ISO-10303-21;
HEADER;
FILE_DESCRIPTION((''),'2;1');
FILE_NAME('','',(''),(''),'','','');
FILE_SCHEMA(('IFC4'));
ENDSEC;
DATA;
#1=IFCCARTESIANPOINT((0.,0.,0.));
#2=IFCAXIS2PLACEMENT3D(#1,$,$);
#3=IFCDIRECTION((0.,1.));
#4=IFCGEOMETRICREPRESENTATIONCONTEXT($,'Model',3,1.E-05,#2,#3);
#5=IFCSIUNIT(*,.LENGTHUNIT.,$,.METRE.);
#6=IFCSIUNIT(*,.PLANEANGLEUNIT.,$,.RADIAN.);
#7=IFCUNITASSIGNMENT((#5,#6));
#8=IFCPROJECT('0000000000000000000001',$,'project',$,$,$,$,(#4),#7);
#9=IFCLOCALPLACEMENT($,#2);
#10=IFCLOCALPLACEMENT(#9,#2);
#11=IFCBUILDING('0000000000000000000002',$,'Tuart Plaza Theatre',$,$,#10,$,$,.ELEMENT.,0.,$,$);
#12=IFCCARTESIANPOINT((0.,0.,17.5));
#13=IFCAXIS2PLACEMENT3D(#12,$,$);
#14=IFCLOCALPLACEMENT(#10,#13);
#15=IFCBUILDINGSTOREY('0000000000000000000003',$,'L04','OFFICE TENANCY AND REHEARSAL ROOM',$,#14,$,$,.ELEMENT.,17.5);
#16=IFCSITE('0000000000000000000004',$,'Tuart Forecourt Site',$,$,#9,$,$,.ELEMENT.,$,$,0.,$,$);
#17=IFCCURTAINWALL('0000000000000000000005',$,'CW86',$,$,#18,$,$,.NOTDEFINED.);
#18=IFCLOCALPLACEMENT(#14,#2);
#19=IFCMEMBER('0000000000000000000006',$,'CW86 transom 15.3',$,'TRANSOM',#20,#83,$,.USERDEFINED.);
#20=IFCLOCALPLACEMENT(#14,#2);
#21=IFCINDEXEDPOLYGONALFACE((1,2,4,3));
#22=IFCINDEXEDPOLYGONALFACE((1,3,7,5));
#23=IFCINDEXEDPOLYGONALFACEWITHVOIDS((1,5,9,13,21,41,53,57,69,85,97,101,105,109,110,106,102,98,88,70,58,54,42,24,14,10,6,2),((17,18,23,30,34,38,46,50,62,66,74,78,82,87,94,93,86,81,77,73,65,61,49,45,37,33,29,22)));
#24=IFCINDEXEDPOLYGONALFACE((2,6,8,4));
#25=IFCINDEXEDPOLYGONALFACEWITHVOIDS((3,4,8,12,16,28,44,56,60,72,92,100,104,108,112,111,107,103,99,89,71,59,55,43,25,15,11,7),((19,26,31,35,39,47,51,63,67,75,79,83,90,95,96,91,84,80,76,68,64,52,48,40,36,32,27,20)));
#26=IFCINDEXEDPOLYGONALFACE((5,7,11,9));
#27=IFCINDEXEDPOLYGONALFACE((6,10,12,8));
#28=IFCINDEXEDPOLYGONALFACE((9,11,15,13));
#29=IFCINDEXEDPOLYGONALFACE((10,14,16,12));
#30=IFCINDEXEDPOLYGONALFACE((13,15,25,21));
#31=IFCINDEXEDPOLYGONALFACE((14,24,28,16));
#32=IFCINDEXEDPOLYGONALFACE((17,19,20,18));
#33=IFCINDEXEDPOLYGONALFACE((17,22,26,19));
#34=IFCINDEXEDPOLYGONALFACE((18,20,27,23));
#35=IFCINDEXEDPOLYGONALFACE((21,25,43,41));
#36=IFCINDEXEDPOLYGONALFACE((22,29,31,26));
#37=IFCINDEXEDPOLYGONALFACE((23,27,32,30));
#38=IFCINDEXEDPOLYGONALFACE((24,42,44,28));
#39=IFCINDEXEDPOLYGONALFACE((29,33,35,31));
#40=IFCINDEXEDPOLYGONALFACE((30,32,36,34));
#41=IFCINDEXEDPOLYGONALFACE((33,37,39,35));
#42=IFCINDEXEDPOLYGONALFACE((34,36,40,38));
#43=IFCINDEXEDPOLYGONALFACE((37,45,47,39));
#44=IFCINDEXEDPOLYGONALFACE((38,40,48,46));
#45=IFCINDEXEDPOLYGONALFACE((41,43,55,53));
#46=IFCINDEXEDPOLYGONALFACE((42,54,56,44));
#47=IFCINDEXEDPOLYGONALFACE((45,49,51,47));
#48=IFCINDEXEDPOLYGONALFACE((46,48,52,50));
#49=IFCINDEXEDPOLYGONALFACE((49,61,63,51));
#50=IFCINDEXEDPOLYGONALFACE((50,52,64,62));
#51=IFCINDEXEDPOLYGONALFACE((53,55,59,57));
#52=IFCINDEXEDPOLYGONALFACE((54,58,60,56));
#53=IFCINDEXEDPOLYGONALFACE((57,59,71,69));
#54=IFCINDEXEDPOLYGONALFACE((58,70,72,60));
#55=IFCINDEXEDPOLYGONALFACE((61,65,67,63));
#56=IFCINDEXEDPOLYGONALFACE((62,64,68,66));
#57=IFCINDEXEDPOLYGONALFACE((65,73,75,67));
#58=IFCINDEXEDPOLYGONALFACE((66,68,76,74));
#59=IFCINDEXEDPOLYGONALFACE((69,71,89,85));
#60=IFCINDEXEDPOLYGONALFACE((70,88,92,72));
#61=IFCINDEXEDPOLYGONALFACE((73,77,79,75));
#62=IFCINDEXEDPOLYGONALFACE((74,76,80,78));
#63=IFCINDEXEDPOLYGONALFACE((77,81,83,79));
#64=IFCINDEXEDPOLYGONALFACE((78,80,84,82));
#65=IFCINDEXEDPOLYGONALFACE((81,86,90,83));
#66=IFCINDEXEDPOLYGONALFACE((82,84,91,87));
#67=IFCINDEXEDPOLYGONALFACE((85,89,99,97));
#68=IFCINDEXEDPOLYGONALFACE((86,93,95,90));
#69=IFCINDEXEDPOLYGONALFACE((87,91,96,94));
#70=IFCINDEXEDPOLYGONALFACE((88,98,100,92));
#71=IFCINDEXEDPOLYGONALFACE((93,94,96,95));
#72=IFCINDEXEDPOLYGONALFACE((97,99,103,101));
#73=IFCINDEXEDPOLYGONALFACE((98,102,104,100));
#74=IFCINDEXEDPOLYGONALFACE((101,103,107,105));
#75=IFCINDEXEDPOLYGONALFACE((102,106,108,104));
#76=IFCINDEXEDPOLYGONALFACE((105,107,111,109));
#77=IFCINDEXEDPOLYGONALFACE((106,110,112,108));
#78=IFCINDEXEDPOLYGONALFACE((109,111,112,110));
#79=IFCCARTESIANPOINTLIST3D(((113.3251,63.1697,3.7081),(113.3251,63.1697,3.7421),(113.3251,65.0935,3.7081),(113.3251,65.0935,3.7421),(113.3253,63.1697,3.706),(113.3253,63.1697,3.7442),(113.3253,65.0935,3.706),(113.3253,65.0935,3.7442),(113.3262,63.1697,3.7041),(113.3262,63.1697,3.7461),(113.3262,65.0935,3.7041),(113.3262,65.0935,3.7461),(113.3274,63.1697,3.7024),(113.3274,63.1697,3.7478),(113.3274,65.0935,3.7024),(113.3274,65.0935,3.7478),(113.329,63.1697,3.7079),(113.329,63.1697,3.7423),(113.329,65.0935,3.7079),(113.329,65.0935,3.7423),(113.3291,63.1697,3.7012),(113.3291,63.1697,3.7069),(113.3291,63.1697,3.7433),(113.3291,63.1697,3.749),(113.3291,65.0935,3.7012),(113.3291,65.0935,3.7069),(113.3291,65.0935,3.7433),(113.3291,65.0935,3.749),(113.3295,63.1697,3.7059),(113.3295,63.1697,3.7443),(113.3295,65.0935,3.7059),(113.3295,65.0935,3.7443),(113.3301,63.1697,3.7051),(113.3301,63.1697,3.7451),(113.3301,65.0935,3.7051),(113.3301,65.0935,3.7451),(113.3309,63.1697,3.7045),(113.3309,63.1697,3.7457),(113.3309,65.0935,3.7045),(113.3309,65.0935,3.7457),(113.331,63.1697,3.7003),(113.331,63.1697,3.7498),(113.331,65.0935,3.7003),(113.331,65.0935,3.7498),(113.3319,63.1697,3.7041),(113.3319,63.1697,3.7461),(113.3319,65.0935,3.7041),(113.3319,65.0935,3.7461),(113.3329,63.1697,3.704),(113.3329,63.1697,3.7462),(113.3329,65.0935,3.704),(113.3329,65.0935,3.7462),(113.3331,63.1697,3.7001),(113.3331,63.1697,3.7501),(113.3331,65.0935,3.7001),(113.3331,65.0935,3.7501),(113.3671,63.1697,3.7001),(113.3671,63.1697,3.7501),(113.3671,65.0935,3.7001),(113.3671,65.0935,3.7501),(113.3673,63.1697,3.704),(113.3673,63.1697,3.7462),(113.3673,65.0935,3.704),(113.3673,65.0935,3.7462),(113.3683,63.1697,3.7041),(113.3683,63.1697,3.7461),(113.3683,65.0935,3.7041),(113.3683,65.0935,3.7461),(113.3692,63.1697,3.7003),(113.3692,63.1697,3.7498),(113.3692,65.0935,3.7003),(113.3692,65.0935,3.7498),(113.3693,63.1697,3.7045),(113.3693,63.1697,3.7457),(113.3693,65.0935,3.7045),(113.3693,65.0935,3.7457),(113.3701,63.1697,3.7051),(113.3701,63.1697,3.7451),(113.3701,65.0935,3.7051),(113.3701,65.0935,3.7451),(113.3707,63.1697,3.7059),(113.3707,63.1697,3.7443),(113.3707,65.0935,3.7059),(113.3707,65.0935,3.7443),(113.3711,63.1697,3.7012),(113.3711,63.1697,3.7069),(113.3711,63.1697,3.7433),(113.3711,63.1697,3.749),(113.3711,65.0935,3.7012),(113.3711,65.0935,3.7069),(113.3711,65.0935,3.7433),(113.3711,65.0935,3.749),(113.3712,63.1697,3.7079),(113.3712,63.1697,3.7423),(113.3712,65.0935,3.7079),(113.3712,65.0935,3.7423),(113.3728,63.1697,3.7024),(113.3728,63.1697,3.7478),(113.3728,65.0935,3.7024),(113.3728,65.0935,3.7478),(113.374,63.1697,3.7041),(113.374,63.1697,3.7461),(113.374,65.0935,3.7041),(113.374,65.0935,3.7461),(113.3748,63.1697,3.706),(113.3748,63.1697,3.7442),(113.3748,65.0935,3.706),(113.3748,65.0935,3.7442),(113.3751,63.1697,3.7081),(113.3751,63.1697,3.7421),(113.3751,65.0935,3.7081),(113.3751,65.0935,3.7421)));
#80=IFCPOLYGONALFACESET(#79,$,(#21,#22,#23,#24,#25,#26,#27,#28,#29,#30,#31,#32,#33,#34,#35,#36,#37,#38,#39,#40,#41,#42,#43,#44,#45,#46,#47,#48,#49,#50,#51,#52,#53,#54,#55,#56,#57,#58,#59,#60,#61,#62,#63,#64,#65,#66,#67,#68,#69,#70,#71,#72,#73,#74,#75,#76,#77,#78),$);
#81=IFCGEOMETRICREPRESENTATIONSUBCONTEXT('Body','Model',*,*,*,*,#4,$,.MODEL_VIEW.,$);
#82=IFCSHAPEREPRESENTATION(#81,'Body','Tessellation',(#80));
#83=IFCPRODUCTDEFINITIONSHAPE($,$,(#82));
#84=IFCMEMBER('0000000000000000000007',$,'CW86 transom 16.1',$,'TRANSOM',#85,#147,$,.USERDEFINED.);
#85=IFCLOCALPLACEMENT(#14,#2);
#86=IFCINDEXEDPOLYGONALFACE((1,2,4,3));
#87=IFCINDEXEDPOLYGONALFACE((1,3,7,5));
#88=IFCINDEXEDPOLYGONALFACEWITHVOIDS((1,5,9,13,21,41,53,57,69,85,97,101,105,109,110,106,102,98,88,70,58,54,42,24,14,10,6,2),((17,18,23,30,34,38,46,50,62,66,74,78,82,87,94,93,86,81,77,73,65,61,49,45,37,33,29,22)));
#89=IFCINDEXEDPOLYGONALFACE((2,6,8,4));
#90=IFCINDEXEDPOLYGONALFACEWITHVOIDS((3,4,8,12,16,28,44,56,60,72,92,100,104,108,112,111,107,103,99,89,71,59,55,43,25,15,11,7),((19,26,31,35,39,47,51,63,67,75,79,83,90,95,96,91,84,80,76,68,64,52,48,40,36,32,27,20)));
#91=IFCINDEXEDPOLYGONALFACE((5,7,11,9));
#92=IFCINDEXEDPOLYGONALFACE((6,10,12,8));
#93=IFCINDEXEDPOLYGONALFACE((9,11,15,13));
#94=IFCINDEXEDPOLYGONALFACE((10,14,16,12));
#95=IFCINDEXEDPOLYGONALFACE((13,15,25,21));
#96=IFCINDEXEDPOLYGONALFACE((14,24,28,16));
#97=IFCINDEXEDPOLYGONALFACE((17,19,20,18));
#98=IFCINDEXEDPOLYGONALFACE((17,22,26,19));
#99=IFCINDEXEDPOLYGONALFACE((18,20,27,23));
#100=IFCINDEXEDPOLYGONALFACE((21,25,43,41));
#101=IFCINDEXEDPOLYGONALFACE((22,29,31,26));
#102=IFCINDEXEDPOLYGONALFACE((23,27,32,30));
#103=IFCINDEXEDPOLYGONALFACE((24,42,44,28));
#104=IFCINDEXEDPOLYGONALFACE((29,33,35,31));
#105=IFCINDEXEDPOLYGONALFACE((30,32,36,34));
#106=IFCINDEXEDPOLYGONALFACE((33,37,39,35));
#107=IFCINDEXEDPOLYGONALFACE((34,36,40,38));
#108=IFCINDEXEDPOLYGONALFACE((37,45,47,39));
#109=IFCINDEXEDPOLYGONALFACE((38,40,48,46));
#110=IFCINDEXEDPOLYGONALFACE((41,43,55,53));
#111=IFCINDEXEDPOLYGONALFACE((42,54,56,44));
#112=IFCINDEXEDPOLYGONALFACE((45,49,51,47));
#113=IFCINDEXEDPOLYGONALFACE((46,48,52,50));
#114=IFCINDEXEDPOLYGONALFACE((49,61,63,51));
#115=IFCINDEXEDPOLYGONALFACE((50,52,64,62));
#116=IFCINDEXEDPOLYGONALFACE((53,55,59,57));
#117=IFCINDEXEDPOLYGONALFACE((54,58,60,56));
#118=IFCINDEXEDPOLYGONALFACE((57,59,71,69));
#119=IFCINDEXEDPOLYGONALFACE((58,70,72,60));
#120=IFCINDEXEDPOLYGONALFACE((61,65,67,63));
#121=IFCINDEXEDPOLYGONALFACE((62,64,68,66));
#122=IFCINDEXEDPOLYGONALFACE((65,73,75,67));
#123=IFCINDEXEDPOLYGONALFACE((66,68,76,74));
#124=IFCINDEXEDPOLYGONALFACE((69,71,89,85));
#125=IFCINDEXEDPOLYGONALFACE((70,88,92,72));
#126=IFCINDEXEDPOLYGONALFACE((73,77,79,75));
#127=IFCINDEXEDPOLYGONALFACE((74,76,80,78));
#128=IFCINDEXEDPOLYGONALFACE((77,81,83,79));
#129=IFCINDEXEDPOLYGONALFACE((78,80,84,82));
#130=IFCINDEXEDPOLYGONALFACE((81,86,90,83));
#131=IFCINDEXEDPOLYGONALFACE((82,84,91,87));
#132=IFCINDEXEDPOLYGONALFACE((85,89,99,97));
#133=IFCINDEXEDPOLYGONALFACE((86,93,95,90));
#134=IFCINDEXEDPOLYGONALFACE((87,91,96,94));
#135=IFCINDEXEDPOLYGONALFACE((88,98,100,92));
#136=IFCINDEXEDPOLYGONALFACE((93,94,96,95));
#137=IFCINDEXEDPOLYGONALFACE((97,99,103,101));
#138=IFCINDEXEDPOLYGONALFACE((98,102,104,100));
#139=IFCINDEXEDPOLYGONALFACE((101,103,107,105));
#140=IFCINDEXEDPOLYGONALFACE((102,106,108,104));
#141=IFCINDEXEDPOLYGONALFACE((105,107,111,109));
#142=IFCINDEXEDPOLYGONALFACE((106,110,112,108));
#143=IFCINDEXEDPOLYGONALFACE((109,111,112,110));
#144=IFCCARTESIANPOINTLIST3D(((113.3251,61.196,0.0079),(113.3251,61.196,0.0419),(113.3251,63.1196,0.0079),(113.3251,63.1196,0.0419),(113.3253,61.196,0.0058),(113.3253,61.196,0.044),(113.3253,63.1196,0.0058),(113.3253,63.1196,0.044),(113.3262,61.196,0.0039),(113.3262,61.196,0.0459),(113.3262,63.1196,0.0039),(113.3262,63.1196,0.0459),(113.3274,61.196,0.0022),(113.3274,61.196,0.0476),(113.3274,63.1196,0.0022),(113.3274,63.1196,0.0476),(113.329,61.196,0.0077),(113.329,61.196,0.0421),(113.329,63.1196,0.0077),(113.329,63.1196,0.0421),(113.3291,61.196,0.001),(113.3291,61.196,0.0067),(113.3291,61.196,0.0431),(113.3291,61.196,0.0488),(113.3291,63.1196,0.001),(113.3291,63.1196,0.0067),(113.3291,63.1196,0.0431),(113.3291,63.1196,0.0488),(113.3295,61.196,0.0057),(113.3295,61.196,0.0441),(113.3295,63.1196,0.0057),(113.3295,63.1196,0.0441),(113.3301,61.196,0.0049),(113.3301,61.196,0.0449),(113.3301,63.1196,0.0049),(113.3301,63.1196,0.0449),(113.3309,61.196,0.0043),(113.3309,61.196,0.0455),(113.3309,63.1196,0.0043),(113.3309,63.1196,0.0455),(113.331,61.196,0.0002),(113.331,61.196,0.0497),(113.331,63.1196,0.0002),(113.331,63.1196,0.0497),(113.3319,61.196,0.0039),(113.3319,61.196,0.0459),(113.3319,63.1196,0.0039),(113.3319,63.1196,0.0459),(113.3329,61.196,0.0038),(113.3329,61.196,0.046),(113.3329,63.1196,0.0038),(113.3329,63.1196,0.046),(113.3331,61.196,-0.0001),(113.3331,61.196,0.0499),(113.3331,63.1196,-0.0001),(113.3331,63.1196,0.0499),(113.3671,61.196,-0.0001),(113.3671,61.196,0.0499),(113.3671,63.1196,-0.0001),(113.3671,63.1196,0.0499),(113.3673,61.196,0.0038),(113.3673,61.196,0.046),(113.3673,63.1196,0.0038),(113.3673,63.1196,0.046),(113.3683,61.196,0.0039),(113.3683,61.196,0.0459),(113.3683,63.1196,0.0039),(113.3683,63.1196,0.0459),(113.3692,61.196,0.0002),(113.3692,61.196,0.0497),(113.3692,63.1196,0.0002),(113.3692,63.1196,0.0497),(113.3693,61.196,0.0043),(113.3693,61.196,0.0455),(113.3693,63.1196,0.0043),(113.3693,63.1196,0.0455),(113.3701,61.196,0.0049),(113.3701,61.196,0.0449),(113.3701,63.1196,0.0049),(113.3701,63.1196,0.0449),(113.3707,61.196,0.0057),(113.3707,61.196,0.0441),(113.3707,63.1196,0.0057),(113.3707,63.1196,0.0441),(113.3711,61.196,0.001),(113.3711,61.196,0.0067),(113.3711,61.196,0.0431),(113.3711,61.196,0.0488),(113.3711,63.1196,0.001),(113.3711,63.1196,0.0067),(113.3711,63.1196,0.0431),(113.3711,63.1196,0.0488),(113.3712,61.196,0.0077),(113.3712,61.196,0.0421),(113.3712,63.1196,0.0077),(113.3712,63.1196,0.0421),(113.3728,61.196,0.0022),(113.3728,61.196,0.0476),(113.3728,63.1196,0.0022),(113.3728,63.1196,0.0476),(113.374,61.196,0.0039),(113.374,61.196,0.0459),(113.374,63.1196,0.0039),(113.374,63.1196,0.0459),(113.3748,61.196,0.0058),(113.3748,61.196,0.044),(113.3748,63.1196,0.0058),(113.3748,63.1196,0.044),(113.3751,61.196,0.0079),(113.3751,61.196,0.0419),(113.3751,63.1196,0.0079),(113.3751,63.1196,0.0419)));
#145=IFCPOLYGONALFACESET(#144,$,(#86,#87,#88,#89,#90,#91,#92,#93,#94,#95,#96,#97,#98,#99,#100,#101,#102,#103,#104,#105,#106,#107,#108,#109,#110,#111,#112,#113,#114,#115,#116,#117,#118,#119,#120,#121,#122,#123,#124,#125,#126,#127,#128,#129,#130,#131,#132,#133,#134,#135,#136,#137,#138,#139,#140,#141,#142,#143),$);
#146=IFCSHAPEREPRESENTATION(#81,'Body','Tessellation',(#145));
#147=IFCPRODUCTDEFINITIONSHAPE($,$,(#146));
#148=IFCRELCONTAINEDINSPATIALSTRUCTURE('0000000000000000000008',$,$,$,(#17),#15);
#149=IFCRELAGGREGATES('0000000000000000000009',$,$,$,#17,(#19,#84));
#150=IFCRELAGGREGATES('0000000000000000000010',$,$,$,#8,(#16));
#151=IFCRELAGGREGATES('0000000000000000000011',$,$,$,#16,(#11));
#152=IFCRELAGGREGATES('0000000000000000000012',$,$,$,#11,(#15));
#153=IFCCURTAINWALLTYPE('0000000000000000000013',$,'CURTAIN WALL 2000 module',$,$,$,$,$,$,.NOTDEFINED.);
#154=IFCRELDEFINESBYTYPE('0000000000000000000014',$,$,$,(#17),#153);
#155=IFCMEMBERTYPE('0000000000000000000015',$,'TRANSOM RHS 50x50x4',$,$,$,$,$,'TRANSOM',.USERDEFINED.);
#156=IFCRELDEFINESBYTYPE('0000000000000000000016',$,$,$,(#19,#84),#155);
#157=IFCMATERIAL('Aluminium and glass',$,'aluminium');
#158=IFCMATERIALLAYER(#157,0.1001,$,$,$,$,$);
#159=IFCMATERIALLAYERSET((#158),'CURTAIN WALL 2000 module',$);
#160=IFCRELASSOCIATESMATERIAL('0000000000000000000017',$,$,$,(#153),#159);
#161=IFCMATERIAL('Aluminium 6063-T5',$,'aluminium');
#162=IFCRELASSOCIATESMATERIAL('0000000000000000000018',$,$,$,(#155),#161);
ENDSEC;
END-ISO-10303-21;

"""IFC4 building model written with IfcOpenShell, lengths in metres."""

from ifc_helpers import new_model, si_unit, direction, frame, origin, origin_2d, place, context, subcontext, project, spatial, hollow_rectangle, extrude, material, layer, layer_set, material_profile, profile_set, type_object, element, aggregate, save


model = new_model("IFC4")

# Units and contexts
model_context = context("Model", 3, precision=1e-05, world=origin(), true_north=direction((0.0, 1.0)))
body_context = subcontext(model_context, "Body", "Model", "MODEL_VIEW")
ifc_project = project(units=[si_unit("LENGTHUNIT", "METRE"), si_unit("PLANEANGLEUNIT", "RADIAN")], contexts=[model_context])

# Site, building, storey
site_placement = place(None, origin())
site = spatial("IfcSite", under=ifc_project, at=site_placement, Name="Tuart Forecourt Site", CompositionType="ELEMENT", RefElevation=0.0)
building_placement = place(site_placement, origin())
building = spatial("IfcBuilding", under=site, at=building_placement, Name="Tuart Plaza Theatre", CompositionType="ELEMENT", ElevationOfRefHeight=0.0)
storey_placement = place(building_placement, frame((0.0, 0.0, 17.5)))
storey = spatial("IfcBuildingStorey", under=building, at=storey_placement, Name="L04", Description="OFFICE TENANCY AND REHEARSAL ROOM", CompositionType="ELEMENT", Elevation=17.5)

# Curtain wall, members
ifc_material_1 = material(Name="Aluminium and glass", Category="aluminium")
ifc_layer_1 = layer(ifc_material_1, 0.1001)
ifc_layer_set_1 = layer_set([ifc_layer_1], Name="CURTAIN WALL 2000 module")
curtain_wall_type = type_object("IfcCurtainWallType", Name="CURTAIN WALL 2000 module", PredefinedType="NOTDEFINED", material=ifc_layer_set_1)
curtain_wall_placement = place(storey_placement, origin())
curtain_wall = element("IfcCurtainWall", 1, at=curtain_wall_placement, inside=storey, type_object=curtain_wall_type, Name="CW86", PredefinedType="NOTDEFINED")
ifc_material_2 = material(Name="Aluminium 6063-T5", Category="aluminium")
ifc_material_profile_1 = material_profile(ifc_material_2, hollow_rectangle(XDim=0.05, YDim=0.05, WallThickness=0.0039, InnerFilletRadius=0.0039, OuterFilletRadius=0.0081, at=origin_2d()), Name="RHS 50x50x4")
ifc_profile_set_1 = profile_set([ifc_material_profile_1], Name="Aluminium 6063-T5")
member_type_1 = type_object("IfcMemberType", Name="TRANSOM RHS 50x50x4", ElementType="TRANSOM", PredefinedType="USERDEFINED", material=ifc_profile_set_1)
member_1_placement = place(storey_placement, frame((113.3501, 65.0935, 3.7251), z_axis=(0.0, -1.0, 0.0), x_axis=(1.0, 0.0, 0.0)))
member_1 = element("IfcMember", 2, at=member_1_placement, type_object=member_type_1, Name="CW86 transom 15.3", ObjectType="TRANSOM", PredefinedType="USERDEFINED", context=body_context, shape_type="SweptSolid", body=[
    extrude(hollow_rectangle(XDim=0.05, YDim=0.05, WallThickness=0.0039, InnerFilletRadius=0.0039, OuterFilletRadius=0.0081, at=origin_2d()), origin(), (0.0, 0.0, 1.0), 1.9238),
])
member_2_placement = place(storey_placement, frame((113.3501, 63.1196, 0.0249), z_axis=(0.0, -1.0, 0.0), x_axis=(1.0, 0.0, 0.0)))
member_2 = element("IfcMember", 3, at=member_2_placement, type_object=member_type_1, Name="CW86 transom 16.1", ObjectType="TRANSOM", PredefinedType="USERDEFINED", context=body_context, shape_type="SweptSolid", body=[
    extrude(hollow_rectangle(XDim=0.05, YDim=0.05, WallThickness=0.0039, InnerFilletRadius=0.0039, OuterFilletRadius=0.0081, at=origin_2d()), origin(), (0.0, 0.0, 1.0), 1.9236),
])
aggregate(curtain_wall, [member_1, member_2])

save(model, "model.ifc")
